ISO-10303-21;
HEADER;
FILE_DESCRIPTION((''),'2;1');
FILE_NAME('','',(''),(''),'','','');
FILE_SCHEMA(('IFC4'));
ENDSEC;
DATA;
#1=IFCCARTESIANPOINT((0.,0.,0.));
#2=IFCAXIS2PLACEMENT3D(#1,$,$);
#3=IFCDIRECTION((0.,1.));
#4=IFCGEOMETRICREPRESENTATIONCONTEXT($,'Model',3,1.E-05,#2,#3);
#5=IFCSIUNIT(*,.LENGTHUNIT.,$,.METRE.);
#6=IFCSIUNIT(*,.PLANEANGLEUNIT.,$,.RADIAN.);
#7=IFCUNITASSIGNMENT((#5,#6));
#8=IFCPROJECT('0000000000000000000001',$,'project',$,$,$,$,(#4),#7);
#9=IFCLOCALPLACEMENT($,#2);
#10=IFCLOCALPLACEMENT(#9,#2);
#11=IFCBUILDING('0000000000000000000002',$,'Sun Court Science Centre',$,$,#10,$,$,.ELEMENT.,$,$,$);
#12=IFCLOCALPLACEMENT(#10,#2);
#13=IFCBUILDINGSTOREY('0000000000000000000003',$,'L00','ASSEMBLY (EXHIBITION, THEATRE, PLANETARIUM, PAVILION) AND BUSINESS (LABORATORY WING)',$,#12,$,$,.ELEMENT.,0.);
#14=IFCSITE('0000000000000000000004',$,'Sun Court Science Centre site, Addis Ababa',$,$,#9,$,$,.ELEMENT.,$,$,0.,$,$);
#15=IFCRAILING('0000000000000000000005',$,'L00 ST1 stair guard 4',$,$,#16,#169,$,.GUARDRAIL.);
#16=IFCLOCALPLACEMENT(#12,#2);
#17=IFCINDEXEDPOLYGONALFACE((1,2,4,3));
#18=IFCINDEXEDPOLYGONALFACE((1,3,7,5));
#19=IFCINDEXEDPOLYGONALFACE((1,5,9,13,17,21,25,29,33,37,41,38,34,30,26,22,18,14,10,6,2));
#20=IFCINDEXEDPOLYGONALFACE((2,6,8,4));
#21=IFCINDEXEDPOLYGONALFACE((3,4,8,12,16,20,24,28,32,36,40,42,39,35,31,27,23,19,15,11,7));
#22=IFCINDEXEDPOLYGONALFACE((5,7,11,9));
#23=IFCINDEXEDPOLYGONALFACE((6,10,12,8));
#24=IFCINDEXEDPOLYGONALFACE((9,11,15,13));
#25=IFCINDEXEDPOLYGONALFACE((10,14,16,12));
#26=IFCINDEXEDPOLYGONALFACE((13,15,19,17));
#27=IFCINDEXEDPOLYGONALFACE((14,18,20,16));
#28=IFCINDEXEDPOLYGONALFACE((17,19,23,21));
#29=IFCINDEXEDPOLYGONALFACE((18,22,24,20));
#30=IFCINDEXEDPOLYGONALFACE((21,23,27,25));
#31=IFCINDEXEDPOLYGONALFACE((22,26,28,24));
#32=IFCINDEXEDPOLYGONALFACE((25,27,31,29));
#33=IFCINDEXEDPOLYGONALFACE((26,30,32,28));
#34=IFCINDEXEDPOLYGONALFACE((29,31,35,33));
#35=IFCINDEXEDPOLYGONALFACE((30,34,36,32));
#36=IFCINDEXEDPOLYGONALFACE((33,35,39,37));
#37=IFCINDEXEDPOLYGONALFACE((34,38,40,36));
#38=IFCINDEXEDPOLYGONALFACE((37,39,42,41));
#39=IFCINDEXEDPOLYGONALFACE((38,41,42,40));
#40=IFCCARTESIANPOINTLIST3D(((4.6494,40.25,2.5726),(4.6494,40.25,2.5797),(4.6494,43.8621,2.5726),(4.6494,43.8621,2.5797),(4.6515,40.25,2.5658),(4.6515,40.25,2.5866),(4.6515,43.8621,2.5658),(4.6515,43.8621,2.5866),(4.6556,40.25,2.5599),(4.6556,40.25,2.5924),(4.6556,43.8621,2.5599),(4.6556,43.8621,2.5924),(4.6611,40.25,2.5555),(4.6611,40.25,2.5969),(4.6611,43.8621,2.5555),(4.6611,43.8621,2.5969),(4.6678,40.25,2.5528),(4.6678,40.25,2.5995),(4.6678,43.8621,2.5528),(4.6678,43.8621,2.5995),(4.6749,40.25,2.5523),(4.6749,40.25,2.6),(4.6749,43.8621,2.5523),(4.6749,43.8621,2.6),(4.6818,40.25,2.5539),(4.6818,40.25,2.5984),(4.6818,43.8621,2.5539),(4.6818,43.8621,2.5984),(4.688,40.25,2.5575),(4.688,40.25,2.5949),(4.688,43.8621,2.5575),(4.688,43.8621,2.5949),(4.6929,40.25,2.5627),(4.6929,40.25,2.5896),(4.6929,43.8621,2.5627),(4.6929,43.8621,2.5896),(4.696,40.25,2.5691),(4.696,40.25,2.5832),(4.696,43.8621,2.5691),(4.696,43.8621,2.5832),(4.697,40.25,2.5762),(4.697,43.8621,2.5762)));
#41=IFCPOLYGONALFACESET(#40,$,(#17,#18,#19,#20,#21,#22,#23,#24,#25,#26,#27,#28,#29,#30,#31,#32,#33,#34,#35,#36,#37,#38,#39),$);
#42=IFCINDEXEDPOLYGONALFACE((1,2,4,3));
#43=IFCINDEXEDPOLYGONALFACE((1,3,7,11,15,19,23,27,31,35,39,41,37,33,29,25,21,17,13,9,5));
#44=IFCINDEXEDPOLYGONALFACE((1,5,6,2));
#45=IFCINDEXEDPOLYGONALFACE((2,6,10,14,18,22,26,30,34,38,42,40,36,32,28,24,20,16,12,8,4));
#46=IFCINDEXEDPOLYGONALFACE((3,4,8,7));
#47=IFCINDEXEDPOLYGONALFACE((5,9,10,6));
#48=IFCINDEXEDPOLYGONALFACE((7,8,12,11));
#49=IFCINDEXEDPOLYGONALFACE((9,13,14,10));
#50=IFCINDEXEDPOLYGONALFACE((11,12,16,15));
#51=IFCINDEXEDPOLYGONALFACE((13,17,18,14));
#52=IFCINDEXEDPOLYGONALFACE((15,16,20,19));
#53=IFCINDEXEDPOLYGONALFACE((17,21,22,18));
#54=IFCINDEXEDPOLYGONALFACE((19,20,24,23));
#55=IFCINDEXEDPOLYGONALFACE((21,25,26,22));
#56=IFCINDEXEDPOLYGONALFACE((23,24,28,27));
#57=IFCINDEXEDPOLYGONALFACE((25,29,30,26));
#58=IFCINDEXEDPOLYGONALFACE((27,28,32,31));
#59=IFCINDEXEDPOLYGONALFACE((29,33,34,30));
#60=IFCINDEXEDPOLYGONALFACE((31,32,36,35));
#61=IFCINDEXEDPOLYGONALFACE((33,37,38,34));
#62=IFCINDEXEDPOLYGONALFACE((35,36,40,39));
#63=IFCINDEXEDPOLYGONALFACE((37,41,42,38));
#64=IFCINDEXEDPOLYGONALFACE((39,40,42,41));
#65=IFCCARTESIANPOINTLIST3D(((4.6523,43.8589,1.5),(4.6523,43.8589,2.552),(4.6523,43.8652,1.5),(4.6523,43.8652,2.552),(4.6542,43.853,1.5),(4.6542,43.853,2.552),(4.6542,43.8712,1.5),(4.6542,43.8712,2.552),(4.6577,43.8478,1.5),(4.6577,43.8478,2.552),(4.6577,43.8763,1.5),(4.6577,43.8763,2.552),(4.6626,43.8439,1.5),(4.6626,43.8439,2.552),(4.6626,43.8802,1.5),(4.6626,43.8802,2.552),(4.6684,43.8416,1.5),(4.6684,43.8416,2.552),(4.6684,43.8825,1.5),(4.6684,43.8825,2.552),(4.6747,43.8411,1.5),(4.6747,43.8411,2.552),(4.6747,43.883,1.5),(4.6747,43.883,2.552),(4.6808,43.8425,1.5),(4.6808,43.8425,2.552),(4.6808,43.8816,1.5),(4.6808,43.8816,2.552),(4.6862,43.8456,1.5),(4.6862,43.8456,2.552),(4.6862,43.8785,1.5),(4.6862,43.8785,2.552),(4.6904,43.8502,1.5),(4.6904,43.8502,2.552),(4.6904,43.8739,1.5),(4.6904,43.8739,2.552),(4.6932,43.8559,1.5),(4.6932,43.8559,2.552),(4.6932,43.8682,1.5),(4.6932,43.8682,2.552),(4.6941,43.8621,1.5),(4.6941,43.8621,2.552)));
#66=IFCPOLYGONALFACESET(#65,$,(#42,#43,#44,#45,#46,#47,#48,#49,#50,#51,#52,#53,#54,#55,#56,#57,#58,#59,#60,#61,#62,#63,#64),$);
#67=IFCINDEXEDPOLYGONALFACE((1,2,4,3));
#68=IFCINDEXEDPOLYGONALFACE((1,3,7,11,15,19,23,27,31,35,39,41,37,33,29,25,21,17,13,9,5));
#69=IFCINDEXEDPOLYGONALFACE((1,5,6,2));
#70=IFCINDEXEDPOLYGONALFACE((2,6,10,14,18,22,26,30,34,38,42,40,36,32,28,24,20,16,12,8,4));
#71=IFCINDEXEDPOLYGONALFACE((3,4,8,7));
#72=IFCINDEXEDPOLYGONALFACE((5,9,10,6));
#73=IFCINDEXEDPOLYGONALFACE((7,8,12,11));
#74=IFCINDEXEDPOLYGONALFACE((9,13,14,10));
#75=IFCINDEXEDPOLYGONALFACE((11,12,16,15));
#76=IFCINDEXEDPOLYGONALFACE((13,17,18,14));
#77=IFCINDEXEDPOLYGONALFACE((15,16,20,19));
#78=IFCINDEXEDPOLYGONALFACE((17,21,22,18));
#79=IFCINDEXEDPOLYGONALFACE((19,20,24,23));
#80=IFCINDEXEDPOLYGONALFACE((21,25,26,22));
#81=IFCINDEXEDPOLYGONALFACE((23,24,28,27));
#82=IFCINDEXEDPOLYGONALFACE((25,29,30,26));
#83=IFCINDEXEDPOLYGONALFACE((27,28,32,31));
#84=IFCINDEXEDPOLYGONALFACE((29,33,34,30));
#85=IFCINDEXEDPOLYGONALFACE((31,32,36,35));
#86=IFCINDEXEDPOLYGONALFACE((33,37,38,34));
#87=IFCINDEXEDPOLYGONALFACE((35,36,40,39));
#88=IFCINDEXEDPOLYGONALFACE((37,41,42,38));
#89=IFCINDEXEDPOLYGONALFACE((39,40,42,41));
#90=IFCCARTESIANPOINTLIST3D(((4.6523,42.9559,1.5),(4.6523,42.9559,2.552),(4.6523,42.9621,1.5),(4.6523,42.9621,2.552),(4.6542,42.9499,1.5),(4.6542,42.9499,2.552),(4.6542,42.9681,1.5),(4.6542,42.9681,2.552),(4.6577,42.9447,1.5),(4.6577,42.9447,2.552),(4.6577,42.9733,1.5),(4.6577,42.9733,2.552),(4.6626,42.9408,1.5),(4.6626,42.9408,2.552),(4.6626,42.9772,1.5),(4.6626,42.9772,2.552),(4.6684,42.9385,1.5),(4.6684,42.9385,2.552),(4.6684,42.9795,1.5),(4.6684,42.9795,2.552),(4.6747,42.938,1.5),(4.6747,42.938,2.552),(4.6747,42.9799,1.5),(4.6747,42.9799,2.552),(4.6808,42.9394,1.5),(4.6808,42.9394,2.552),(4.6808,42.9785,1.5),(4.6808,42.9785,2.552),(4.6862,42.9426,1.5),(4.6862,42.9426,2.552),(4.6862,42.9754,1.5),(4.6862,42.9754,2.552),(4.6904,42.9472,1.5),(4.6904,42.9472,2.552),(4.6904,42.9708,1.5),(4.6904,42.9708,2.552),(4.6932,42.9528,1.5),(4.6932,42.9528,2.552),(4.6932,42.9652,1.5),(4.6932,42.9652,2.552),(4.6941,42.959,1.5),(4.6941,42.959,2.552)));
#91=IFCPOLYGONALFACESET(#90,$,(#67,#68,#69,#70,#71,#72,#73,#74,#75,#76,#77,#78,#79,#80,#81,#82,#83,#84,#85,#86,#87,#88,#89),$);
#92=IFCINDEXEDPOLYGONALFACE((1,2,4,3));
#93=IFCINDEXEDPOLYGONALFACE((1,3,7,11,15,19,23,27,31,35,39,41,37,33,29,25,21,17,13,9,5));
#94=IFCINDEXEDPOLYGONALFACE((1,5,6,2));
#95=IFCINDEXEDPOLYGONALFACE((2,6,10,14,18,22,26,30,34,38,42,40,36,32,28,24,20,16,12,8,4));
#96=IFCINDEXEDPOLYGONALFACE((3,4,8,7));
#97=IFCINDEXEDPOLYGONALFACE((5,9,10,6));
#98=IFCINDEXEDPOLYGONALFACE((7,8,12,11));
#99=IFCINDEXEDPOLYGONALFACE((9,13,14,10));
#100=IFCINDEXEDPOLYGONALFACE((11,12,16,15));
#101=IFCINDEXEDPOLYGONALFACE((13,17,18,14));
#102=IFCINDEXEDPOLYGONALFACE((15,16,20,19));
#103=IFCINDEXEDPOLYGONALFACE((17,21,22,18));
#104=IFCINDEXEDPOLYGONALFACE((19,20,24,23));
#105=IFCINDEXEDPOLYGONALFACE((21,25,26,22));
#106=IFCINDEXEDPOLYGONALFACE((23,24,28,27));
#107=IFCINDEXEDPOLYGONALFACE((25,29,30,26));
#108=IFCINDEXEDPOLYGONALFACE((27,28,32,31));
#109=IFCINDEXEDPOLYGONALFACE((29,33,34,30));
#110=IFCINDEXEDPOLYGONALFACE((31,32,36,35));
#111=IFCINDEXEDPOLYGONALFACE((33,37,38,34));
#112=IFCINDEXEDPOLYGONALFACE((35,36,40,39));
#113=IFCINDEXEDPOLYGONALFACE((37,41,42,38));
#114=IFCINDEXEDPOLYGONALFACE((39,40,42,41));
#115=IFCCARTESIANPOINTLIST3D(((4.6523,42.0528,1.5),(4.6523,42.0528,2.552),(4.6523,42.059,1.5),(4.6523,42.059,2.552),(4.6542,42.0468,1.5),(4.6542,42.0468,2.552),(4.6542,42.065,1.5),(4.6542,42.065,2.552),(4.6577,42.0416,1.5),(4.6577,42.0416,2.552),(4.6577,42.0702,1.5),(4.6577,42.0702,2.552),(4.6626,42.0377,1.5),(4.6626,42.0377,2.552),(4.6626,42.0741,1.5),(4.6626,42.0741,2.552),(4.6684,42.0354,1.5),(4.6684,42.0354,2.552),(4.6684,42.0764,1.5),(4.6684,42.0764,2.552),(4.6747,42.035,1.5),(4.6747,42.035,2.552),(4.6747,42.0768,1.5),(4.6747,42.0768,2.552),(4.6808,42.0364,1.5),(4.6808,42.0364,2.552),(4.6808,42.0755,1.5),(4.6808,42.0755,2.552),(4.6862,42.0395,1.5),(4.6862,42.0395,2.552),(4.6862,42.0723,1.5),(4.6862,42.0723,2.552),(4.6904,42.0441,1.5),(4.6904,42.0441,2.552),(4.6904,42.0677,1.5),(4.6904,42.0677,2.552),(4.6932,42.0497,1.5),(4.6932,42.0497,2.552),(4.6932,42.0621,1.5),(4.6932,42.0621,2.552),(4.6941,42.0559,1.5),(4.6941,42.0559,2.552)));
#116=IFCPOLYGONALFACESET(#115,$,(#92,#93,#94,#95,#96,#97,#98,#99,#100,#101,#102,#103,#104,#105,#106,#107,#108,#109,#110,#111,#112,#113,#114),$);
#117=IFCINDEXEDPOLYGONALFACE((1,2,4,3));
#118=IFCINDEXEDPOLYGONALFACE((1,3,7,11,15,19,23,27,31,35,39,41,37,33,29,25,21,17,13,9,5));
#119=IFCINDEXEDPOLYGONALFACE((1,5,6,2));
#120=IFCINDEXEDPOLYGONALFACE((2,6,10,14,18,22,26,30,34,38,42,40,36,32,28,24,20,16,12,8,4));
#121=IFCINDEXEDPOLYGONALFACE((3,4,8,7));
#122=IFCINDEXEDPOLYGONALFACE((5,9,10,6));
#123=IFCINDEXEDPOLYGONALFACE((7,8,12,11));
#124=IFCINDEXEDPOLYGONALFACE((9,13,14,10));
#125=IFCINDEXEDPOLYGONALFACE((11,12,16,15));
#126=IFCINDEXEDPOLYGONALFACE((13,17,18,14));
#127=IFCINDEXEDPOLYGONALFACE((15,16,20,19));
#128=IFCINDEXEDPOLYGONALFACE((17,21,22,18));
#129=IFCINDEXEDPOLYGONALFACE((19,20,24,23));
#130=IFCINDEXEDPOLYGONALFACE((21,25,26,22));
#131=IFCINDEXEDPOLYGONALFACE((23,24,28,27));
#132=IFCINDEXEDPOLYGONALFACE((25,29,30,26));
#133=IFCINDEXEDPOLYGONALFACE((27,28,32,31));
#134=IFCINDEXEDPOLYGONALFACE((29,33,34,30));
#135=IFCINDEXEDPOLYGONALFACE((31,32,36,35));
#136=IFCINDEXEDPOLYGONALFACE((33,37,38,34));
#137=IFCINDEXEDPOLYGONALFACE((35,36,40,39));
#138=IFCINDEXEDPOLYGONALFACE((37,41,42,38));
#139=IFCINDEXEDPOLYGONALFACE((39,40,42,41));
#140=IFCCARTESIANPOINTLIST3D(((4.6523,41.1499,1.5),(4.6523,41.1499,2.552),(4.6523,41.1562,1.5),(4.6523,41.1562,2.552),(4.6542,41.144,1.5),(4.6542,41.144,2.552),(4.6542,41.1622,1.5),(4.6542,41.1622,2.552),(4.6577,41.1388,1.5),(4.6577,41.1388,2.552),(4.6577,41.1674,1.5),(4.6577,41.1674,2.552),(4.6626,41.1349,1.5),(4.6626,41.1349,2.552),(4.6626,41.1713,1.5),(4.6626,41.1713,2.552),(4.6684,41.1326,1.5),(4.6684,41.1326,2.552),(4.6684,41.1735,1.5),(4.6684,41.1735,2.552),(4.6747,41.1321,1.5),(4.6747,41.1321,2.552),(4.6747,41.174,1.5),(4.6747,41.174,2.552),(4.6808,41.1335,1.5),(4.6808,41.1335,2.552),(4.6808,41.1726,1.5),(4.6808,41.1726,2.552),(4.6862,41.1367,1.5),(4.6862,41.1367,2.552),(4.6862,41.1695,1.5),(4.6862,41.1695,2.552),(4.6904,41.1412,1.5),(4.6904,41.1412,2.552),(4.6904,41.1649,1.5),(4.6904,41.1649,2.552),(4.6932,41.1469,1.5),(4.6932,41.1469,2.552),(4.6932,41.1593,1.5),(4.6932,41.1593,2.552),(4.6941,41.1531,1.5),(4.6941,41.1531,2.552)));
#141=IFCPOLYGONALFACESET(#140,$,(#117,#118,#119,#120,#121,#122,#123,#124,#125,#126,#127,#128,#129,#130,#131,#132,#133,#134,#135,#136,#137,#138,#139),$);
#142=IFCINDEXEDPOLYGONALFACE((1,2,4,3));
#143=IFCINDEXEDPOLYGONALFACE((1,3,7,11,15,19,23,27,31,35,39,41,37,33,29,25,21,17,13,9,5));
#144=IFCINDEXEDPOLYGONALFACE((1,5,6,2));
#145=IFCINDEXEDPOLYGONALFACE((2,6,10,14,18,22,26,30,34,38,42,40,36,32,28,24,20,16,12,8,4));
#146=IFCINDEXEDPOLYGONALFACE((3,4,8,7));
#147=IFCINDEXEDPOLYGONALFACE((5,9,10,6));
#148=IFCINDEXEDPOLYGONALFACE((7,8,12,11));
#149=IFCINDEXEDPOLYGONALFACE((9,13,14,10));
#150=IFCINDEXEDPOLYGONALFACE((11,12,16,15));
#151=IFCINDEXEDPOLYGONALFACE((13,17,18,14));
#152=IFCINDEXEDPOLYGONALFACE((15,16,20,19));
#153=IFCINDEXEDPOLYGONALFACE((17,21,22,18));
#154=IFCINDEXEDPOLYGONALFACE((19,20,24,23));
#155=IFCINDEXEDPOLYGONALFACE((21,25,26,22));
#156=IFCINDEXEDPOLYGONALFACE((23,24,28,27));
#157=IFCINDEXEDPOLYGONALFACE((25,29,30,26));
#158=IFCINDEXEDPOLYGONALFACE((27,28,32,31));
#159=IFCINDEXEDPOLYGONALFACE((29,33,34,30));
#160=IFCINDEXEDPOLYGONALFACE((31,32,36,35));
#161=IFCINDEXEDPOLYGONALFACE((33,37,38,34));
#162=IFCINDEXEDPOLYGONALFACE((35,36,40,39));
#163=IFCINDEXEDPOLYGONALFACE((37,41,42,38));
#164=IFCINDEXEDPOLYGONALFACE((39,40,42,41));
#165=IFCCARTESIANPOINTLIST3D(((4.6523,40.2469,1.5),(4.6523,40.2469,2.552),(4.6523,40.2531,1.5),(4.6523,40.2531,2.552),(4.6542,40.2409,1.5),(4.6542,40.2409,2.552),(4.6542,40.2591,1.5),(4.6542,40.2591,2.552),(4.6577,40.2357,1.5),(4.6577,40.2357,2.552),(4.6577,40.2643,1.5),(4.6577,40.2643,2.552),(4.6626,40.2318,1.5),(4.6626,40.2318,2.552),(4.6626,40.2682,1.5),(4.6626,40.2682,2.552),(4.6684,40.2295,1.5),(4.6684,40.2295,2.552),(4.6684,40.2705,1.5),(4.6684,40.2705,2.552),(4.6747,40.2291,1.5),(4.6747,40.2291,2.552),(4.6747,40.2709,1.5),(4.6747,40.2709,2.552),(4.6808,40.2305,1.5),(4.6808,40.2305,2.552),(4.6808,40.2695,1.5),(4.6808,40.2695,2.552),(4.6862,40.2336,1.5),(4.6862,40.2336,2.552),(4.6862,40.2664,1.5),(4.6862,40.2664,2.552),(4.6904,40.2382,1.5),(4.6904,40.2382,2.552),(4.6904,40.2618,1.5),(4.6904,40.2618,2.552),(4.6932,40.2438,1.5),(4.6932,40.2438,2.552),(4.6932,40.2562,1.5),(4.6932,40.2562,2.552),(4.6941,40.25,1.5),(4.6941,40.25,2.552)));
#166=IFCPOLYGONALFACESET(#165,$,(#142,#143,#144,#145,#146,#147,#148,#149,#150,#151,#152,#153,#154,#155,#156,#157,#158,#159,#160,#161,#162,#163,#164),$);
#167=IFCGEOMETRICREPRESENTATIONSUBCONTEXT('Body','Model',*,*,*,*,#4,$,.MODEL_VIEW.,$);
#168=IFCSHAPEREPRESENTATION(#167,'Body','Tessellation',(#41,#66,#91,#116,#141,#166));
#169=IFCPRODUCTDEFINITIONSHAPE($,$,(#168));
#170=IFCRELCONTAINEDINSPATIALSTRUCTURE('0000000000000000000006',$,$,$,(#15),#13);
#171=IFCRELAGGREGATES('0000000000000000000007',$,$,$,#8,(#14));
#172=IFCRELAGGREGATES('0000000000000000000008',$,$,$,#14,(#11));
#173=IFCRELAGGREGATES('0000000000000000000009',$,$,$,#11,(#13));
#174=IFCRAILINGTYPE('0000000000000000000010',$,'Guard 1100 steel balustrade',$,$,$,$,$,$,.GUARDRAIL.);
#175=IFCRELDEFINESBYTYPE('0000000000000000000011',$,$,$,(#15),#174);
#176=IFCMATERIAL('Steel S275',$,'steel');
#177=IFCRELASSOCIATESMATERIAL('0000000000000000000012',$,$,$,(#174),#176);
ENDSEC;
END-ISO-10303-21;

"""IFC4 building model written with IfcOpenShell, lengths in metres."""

from ifc_helpers import new_model, si_unit, direction, frame, origin, origin_2d, place, context, subcontext, project, spatial, circle, extrude, material, type_object, element, save


model = new_model("IFC4")

# Units and contexts
model_context = context("Model", 3, precision=1e-05, world=origin(), true_north=direction((0.0, 1.0)))
body_context = subcontext(model_context, "Body", "Model", "MODEL_VIEW")
ifc_project = project(units=[si_unit("LENGTHUNIT", "METRE"), si_unit("PLANEANGLEUNIT", "RADIAN")], contexts=[model_context])

# Site, building, storey
site_placement = place(None, origin())
site = spatial("IfcSite", under=ifc_project, at=site_placement, Name="Sun Court Science Centre site, Addis Ababa", CompositionType="ELEMENT", RefElevation=0.0)
building_placement = place(site_placement, origin())
building = spatial("IfcBuilding", under=site, at=building_placement, Name="Sun Court Science Centre", CompositionType="ELEMENT")
storey_placement = place(building_placement, origin())
storey = spatial("IfcBuildingStorey", under=building, at=storey_placement, Name="L00", Description="ASSEMBLY (EXHIBITION, THEATRE, PLANETARIUM, PAVILION) AND BUSINESS (LABORATORY WING)", CompositionType="ELEMENT", Elevation=0.0)

# Railing
ifc_material_1 = material(Name="Steel S275", Category="steel")
railing_type_1 = type_object("IfcRailingType", Name="Guard 1100 steel balustrade", PredefinedType="GUARDRAIL", material=ifc_material_1)
for number, where, name in (
    (1, (4.6731, 43.8621, 1.5), "L00 ST1 stair guard 4"),
):
    element("IfcRailing", number, at=place(storey_placement, frame(where)), inside=storey, type_object=railing_type_1, Name=name, PredefinedType="GUARDRAIL", context=body_context, shape_type="SweptSolid", body=[
        extrude(circle(Radius=0.0239, at=origin_2d()), frame((0.0, 0.0, 1.0762), z_axis=(0.0, -1.0, 0.0), x_axis=(1.0, 0.0, 0.0)), (0.0, 0.0, 1.0), 3.6121),
        extrude(circle(Radius=0.021, at=origin_2d()), origin(), (0.0, 0.0, 1.0), 1.052),
        extrude(circle(Radius=0.021, at=origin_2d()), frame((0.0, -0.9031, 0.0)), (0.0, 0.0, 1.0), 1.052),
        extrude(circle(Radius=0.021, at=origin_2d()), frame((0.0, -1.8062, 0.0)), (0.0, 0.0, 1.0), 1.052),
        extrude(circle(Radius=0.021, at=origin_2d()), frame((0.0, -2.709, 0.0)), (0.0, 0.0, 1.0), 1.052),
        extrude(circle(Radius=0.021, at=origin_2d()), frame((0.0, -3.6121, 0.0)), (0.0, 0.0, 1.0), 1.052),
    ])

save(model, "model.ifc")
